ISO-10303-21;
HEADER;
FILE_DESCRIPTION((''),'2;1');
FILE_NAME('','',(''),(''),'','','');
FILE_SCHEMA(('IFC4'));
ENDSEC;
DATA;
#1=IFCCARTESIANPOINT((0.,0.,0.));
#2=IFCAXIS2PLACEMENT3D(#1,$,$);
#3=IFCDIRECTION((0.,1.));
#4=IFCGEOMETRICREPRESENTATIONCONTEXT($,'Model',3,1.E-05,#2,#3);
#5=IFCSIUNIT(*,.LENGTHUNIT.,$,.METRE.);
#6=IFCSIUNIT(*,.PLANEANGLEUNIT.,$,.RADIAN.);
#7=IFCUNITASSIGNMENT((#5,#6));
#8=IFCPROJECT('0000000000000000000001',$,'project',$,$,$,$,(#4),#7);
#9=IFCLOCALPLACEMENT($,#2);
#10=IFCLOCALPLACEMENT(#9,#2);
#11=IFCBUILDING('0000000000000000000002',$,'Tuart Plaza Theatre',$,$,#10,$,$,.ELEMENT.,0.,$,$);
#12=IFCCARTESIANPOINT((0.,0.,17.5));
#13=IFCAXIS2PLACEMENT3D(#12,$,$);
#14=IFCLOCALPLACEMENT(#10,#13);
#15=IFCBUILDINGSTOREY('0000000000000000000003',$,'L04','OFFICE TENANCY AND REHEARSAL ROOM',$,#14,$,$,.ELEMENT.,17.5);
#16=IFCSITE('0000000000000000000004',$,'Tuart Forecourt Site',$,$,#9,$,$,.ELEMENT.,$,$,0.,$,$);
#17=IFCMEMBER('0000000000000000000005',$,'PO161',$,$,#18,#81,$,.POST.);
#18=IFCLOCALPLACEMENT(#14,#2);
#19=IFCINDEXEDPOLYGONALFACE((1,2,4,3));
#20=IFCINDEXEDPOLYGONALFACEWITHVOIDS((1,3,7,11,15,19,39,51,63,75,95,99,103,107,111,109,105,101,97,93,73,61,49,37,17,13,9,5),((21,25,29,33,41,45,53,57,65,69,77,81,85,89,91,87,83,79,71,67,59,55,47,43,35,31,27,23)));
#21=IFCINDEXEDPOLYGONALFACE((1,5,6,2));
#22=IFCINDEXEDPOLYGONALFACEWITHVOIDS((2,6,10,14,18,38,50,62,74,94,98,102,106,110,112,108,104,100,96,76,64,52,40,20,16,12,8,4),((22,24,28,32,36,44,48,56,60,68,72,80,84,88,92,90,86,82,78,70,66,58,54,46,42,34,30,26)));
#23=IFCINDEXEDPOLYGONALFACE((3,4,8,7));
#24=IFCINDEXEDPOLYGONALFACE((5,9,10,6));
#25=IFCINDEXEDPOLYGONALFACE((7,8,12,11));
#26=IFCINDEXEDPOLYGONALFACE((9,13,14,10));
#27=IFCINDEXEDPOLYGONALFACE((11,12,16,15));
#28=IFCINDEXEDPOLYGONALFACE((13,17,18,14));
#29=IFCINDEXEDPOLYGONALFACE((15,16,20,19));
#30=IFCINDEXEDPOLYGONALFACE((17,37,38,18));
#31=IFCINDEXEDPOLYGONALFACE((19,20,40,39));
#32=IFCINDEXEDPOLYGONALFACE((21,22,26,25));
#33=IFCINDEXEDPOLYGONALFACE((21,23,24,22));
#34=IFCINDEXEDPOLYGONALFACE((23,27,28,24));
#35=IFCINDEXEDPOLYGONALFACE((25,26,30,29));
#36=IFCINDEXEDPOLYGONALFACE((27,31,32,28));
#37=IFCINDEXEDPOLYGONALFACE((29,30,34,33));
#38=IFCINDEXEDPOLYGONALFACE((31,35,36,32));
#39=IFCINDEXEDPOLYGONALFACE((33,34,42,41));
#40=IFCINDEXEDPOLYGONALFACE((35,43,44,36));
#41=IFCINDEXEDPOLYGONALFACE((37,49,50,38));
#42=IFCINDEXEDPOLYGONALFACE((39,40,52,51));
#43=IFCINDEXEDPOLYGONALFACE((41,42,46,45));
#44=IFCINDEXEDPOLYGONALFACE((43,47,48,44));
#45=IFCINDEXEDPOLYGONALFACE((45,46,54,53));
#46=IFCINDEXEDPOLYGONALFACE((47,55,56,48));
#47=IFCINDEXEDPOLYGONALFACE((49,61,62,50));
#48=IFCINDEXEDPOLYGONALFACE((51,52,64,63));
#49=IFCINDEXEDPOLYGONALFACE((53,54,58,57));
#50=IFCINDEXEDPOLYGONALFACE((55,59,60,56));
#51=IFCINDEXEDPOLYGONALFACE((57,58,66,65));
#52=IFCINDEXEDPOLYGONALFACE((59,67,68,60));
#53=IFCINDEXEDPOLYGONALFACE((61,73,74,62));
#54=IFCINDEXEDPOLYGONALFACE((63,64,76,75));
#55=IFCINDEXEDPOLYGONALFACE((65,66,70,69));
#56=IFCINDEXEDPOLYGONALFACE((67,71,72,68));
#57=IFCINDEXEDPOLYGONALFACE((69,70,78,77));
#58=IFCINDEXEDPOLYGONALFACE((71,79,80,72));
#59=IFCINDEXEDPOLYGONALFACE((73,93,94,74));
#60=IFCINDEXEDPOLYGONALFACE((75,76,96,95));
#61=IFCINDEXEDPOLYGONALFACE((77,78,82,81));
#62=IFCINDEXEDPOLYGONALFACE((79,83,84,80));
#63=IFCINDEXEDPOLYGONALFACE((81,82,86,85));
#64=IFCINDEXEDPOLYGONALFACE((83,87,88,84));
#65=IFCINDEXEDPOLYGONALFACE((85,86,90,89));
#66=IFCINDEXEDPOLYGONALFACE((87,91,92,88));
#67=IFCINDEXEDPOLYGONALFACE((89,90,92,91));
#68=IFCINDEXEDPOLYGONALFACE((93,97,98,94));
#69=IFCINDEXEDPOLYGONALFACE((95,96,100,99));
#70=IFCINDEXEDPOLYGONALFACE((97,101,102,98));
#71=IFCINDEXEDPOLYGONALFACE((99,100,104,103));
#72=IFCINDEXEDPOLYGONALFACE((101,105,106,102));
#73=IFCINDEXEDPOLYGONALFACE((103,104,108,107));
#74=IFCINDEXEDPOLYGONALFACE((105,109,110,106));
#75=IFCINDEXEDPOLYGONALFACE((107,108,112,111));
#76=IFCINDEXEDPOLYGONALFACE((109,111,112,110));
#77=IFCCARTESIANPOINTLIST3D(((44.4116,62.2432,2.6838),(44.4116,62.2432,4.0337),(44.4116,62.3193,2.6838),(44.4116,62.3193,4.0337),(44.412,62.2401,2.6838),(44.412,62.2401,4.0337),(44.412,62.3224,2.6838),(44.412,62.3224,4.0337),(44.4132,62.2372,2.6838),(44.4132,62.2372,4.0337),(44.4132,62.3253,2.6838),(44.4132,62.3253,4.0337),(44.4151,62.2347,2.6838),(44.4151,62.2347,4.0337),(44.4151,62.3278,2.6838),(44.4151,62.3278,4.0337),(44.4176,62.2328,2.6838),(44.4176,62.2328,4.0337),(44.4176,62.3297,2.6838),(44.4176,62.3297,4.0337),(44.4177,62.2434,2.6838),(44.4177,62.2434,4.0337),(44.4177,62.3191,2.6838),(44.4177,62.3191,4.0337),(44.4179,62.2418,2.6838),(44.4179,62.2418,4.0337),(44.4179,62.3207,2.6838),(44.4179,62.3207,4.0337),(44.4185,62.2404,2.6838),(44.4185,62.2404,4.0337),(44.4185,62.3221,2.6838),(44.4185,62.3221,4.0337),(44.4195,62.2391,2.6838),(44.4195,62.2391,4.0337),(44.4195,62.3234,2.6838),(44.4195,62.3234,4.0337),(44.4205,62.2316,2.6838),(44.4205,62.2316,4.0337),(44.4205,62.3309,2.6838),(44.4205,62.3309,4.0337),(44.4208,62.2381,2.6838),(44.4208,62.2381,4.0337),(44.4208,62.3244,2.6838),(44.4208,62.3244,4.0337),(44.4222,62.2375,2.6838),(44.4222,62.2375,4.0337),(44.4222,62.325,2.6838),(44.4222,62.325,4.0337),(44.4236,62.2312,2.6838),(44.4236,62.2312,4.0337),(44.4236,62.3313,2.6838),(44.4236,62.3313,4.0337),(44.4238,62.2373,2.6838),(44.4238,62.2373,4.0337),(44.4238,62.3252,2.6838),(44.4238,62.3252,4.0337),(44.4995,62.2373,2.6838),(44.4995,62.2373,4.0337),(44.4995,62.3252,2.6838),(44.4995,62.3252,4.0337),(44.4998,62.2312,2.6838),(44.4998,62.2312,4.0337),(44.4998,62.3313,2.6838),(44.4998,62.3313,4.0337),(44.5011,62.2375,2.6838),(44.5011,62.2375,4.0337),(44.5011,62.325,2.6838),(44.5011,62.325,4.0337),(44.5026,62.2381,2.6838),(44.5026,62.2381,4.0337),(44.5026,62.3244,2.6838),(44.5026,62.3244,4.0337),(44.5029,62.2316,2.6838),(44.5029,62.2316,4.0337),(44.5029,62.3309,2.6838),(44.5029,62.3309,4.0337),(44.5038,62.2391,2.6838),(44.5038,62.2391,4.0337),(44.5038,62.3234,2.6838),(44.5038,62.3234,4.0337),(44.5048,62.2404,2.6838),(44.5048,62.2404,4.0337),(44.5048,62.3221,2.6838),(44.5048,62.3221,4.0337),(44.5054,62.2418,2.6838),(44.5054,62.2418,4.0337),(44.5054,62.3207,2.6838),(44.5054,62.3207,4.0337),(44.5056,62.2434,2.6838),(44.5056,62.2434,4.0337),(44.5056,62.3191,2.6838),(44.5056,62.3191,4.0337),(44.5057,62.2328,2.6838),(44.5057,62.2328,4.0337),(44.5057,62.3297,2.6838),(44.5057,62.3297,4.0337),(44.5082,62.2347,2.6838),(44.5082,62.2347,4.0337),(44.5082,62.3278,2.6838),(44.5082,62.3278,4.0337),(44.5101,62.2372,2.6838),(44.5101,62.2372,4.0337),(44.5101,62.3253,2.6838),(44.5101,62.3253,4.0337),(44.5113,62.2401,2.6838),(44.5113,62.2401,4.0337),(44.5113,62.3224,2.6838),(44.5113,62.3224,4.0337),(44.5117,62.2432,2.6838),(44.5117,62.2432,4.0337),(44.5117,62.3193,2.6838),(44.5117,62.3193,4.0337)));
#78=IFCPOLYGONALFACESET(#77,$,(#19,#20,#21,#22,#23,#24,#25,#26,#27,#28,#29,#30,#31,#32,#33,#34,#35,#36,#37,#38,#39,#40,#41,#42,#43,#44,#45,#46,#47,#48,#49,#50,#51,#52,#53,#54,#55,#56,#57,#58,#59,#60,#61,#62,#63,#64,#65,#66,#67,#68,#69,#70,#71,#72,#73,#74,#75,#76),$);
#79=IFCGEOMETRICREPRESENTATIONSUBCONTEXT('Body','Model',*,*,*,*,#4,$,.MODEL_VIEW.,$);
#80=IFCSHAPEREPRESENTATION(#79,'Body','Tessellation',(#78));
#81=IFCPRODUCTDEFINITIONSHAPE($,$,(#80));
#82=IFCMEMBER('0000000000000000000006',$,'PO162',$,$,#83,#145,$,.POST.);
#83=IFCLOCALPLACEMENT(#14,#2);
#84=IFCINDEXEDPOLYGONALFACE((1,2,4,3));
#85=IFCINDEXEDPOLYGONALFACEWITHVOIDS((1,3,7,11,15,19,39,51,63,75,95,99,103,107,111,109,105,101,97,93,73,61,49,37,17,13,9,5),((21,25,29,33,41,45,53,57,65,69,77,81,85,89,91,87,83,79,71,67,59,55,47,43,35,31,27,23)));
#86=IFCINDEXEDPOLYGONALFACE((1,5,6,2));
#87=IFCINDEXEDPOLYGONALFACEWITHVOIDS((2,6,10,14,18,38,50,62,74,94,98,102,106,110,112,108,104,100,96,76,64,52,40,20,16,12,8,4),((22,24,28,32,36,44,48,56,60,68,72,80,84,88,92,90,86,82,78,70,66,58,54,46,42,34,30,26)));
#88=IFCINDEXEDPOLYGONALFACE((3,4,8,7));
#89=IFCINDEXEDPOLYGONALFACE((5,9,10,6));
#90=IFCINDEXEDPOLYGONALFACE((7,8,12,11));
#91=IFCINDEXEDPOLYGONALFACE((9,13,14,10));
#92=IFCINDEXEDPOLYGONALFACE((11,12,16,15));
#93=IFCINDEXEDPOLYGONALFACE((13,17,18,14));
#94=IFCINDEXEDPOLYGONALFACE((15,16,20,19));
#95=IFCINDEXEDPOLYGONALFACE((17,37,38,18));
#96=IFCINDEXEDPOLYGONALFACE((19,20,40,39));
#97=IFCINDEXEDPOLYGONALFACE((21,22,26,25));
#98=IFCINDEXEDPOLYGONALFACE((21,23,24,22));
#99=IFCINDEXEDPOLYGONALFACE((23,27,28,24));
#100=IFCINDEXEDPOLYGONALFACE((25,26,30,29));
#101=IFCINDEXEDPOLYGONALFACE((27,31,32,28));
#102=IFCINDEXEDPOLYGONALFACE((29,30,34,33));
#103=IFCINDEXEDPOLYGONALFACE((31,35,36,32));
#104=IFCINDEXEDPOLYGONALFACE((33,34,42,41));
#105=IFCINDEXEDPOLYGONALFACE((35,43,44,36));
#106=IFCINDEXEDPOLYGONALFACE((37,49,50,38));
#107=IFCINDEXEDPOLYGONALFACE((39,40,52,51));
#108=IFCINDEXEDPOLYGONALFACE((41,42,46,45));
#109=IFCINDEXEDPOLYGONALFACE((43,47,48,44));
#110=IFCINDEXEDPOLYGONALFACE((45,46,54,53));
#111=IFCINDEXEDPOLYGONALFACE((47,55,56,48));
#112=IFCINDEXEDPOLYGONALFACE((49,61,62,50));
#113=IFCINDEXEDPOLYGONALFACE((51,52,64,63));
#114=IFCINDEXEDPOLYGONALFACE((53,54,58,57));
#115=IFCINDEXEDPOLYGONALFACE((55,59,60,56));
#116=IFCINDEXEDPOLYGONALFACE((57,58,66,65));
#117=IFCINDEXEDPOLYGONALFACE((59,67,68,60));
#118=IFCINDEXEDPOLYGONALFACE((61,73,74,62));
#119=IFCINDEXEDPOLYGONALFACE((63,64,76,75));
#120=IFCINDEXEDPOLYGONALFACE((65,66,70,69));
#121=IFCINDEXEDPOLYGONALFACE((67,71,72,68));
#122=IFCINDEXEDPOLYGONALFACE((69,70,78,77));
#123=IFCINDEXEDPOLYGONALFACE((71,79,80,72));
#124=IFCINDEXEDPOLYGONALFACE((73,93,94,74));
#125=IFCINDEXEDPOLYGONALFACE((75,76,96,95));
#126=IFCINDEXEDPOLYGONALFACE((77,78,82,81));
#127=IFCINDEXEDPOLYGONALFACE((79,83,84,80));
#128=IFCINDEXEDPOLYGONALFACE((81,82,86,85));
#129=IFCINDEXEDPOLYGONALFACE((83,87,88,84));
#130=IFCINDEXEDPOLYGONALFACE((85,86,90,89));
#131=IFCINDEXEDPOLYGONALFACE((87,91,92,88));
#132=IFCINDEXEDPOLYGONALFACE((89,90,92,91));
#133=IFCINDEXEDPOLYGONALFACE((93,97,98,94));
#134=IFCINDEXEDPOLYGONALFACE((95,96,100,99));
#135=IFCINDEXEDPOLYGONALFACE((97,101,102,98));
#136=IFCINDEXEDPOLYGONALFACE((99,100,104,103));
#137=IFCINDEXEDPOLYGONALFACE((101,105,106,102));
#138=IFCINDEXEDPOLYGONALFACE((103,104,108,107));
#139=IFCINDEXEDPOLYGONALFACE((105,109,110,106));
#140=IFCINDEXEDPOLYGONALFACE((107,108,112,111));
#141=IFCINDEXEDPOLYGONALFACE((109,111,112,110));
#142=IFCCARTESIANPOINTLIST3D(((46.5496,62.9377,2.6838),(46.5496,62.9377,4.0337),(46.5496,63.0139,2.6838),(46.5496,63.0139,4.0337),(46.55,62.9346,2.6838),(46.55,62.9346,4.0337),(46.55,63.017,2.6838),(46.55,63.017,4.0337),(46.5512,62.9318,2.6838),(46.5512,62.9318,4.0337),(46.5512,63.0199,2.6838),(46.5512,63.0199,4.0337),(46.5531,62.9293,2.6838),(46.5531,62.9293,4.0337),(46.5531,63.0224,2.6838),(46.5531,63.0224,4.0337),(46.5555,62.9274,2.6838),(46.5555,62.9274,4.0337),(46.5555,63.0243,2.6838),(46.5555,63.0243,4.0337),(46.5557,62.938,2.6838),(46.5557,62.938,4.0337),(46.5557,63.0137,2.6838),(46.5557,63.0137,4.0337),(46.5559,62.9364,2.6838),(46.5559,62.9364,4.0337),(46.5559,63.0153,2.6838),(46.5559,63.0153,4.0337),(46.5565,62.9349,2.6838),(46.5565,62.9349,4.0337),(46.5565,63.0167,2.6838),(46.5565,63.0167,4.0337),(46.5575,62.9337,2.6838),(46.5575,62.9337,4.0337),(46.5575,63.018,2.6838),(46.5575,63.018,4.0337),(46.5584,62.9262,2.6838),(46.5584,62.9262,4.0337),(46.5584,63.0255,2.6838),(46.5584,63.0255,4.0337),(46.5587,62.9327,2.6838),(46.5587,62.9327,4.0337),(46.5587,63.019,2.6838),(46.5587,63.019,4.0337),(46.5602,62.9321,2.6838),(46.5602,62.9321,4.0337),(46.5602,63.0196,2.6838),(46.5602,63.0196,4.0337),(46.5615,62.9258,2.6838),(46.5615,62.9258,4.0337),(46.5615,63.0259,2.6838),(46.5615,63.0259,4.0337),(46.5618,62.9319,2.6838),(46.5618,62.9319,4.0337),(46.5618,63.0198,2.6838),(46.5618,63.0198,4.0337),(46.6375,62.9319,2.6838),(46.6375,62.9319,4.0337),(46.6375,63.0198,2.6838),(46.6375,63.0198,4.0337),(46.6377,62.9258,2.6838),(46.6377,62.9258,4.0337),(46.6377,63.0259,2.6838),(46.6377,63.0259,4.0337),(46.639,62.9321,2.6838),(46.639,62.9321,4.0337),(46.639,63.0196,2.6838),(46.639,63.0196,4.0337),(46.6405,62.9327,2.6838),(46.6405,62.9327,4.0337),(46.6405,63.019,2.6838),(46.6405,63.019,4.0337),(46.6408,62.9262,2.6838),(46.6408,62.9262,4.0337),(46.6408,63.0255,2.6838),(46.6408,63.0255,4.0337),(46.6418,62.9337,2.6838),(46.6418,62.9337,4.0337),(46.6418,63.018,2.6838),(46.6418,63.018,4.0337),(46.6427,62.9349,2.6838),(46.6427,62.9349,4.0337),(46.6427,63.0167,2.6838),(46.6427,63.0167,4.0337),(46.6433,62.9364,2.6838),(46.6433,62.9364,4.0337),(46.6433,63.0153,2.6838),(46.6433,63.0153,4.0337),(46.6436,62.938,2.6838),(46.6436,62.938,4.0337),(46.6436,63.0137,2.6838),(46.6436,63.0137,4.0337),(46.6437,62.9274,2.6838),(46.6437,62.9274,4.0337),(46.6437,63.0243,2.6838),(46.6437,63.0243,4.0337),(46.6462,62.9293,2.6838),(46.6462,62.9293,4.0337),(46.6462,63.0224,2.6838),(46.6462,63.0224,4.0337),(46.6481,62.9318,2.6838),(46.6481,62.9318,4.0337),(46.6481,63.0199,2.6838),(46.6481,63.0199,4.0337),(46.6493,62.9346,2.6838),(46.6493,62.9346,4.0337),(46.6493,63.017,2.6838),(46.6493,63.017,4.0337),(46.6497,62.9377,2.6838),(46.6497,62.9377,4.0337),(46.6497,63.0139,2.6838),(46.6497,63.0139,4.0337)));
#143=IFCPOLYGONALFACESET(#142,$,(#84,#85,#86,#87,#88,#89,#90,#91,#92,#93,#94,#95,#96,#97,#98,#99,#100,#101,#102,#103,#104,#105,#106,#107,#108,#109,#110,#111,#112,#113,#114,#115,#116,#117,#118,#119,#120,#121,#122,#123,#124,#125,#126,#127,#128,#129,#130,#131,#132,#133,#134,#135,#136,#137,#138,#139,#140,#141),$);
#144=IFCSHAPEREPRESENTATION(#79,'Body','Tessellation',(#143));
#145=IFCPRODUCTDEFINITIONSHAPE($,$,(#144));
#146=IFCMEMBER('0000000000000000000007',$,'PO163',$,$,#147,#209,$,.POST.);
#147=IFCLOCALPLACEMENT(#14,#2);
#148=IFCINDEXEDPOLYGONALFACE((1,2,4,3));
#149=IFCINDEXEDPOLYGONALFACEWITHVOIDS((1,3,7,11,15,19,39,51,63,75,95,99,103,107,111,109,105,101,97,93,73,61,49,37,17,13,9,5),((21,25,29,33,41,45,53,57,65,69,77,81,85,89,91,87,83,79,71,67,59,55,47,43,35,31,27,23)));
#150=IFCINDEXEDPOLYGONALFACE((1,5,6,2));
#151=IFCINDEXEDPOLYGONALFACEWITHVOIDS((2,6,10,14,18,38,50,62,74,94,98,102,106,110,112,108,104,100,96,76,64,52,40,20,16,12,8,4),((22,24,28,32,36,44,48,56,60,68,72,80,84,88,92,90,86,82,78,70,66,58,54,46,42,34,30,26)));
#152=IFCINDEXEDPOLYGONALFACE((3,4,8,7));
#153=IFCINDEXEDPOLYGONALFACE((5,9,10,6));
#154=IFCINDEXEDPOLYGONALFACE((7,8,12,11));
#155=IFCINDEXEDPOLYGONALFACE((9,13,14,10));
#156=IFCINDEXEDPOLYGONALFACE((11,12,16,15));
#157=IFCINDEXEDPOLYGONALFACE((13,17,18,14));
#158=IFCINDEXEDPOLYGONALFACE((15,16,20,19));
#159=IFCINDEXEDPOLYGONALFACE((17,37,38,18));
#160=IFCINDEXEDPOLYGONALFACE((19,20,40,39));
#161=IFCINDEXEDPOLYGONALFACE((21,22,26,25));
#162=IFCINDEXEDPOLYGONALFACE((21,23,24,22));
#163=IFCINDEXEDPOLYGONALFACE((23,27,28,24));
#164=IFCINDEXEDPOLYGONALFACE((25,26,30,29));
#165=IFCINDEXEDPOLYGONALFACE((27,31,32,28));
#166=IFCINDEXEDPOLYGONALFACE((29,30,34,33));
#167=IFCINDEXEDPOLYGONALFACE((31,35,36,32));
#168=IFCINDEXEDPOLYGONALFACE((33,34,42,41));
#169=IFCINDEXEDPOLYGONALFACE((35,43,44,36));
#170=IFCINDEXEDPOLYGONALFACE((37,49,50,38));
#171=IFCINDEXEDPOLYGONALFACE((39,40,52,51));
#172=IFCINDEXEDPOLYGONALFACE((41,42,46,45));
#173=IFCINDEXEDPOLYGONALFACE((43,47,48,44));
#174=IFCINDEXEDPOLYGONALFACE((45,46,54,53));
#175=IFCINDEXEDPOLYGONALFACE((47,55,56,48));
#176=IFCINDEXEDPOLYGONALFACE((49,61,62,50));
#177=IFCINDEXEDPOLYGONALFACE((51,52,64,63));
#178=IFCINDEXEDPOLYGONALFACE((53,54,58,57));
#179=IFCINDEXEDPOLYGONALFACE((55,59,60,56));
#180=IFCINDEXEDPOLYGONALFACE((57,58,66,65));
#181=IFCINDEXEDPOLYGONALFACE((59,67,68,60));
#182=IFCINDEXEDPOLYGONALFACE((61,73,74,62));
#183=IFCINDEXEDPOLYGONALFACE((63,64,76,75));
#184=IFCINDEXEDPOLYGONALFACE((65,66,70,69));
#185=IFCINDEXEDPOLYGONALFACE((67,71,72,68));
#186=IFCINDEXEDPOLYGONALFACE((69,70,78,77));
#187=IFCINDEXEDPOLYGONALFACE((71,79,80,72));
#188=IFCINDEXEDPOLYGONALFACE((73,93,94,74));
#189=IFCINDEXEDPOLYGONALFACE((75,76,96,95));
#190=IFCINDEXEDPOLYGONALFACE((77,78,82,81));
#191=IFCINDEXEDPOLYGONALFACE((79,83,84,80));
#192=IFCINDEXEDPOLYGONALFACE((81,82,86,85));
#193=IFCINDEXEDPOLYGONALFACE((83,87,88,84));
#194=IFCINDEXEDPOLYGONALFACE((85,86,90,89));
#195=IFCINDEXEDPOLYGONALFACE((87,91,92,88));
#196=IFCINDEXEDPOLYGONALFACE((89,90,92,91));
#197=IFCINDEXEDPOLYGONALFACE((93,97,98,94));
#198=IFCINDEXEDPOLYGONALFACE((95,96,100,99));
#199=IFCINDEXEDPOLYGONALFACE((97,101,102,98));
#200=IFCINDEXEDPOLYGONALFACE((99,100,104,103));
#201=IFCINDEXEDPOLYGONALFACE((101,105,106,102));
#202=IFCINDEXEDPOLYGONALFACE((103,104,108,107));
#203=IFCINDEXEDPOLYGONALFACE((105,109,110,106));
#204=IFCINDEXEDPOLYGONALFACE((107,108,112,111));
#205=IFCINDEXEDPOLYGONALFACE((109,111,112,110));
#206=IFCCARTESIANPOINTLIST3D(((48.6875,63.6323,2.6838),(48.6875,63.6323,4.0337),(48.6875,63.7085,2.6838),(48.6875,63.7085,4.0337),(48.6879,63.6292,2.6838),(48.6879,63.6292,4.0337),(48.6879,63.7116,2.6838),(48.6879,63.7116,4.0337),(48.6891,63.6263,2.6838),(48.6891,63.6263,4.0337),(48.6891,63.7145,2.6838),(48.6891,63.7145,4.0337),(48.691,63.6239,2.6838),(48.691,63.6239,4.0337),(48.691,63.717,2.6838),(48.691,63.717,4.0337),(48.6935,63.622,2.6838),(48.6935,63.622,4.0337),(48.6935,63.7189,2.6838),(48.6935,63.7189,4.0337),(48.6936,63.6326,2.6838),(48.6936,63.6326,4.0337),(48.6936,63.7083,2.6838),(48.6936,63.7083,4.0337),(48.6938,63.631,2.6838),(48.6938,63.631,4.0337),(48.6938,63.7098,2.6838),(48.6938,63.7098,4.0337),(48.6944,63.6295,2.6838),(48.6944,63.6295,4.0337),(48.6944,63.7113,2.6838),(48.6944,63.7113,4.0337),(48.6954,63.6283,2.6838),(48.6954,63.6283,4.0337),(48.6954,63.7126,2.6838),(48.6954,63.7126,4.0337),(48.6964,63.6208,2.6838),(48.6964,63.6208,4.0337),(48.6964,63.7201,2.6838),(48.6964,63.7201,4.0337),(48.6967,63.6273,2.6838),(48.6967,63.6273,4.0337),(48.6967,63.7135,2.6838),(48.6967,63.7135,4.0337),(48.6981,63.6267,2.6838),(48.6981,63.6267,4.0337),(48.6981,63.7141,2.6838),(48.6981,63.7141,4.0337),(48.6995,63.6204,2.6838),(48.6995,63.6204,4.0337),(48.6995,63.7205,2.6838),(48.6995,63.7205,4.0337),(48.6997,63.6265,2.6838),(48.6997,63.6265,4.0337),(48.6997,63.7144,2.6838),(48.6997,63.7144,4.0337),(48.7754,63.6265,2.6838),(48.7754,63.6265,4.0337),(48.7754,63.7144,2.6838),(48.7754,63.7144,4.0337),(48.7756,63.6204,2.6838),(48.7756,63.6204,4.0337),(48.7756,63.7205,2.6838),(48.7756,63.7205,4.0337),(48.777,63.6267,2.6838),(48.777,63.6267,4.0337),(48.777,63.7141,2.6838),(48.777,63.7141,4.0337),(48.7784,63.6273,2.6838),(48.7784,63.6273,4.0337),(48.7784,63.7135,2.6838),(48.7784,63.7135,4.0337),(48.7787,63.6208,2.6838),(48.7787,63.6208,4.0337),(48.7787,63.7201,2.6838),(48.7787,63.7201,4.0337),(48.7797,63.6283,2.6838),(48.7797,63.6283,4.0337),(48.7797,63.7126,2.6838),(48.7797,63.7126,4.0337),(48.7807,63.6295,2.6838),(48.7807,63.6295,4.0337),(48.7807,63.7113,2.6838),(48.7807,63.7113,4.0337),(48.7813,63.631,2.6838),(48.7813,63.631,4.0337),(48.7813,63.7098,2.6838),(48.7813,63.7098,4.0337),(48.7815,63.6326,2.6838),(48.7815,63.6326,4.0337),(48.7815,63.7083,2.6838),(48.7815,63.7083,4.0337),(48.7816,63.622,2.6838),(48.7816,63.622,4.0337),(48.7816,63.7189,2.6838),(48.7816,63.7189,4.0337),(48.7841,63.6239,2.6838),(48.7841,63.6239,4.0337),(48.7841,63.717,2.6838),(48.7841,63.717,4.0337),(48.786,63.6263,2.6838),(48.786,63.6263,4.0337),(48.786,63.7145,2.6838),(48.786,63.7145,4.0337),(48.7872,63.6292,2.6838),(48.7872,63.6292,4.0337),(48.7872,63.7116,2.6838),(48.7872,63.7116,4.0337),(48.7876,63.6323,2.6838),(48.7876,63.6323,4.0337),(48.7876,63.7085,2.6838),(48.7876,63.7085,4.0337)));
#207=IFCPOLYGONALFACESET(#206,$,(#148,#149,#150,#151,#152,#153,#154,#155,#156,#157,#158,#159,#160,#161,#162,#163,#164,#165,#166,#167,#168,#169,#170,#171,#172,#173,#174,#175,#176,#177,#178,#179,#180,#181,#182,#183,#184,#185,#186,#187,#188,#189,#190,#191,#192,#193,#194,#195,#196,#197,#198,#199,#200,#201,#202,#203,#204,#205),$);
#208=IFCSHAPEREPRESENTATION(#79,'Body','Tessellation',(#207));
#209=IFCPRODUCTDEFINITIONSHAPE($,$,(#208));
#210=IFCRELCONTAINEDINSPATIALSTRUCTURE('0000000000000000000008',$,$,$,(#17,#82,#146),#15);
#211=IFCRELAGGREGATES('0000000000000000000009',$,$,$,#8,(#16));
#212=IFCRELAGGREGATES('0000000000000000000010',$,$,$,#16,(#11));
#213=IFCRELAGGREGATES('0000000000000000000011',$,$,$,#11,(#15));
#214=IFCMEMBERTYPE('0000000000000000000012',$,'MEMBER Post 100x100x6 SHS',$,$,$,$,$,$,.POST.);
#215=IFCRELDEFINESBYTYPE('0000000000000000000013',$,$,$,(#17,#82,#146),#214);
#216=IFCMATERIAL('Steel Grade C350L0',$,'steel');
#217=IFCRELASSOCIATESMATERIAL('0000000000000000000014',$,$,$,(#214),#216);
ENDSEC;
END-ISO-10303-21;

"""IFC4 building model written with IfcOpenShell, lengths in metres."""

from ifc_helpers import new_model, si_unit, direction, frame, origin, origin_2d, place, context, subcontext, project, spatial, hollow_rectangle, extrude, material, material_profile, profile_set, type_object, element, save


model = new_model("IFC4")

# Units and contexts
model_context = context("Model", 3, precision=1e-05, world=origin(), true_north=direction((0.0, 1.0)))
body_context = subcontext(model_context, "Body", "Model", "MODEL_VIEW")
ifc_project = project(units=[si_unit("LENGTHUNIT", "METRE"), si_unit("PLANEANGLEUNIT", "RADIAN")], contexts=[model_context])

# Site, building, storey
site_placement = place(None, origin())
site = spatial("IfcSite", under=ifc_project, at=site_placement, Name="Tuart Forecourt Site", CompositionType="ELEMENT", RefElevation=0.0)
building_placement = place(site_placement, origin())
building = spatial("IfcBuilding", under=site, at=building_placement, Name="Tuart Plaza Theatre", CompositionType="ELEMENT", ElevationOfRefHeight=0.0)
storey_placement = place(building_placement, frame((0.0, 0.0, 17.5)))
storey = spatial("IfcBuildingStorey", under=building, at=storey_placement, Name="L04", Description="OFFICE TENANCY AND REHEARSAL ROOM", CompositionType="ELEMENT", Elevation=17.5)

# Members
ifc_material_1 = material(Name="Steel Grade C350L0", Category="steel")
ifc_material_profile_1 = material_profile(ifc_material_1, hollow_rectangle(XDim=0.1001, YDim=0.1001, WallThickness=0.0061, InnerFilletRadius=0.0061, OuterFilletRadius=0.012, at=origin_2d()), Name="100x100x6 SHS")
ifc_profile_set_1 = profile_set([ifc_material_profile_1], Name="Steel Grade C350L0")
member_type_1 = type_object("IfcMemberType", Name="MEMBER Post 100x100x6 SHS", PredefinedType="POST", material=ifc_profile_set_1)
for number, where, z_axis, x_axis, name in (
    (1, (44.4617, 62.2812, 2.6838), (0.0, 0.0, 1.0), (1.0, 0.0, 0.0), "PO161"),
    (2, (46.5996, 62.9758, 2.6838), (0.0, 0.0, 1.0), (1.0, 0.0, 0.0), "PO162"),
    (3, (48.7375, 63.6704, 2.6838), (0.0, 0.0, 1.0), (1.0, 0.0, 0.0), "PO163"),
):
    element("IfcMember", number, at=place(storey_placement, frame(where, z_axis=z_axis, x_axis=x_axis)), inside=storey, type_object=member_type_1, Name=name, PredefinedType="POST", context=body_context, shape_type="SweptSolid", body=[
        extrude(hollow_rectangle(XDim=0.1001, YDim=0.1001, WallThickness=0.0061, InnerFilletRadius=0.0061, OuterFilletRadius=0.012, at=origin_2d()), origin(), (0.0, 0.0, 1.0), 1.3499),
    ])

save(model, "model.ifc")
